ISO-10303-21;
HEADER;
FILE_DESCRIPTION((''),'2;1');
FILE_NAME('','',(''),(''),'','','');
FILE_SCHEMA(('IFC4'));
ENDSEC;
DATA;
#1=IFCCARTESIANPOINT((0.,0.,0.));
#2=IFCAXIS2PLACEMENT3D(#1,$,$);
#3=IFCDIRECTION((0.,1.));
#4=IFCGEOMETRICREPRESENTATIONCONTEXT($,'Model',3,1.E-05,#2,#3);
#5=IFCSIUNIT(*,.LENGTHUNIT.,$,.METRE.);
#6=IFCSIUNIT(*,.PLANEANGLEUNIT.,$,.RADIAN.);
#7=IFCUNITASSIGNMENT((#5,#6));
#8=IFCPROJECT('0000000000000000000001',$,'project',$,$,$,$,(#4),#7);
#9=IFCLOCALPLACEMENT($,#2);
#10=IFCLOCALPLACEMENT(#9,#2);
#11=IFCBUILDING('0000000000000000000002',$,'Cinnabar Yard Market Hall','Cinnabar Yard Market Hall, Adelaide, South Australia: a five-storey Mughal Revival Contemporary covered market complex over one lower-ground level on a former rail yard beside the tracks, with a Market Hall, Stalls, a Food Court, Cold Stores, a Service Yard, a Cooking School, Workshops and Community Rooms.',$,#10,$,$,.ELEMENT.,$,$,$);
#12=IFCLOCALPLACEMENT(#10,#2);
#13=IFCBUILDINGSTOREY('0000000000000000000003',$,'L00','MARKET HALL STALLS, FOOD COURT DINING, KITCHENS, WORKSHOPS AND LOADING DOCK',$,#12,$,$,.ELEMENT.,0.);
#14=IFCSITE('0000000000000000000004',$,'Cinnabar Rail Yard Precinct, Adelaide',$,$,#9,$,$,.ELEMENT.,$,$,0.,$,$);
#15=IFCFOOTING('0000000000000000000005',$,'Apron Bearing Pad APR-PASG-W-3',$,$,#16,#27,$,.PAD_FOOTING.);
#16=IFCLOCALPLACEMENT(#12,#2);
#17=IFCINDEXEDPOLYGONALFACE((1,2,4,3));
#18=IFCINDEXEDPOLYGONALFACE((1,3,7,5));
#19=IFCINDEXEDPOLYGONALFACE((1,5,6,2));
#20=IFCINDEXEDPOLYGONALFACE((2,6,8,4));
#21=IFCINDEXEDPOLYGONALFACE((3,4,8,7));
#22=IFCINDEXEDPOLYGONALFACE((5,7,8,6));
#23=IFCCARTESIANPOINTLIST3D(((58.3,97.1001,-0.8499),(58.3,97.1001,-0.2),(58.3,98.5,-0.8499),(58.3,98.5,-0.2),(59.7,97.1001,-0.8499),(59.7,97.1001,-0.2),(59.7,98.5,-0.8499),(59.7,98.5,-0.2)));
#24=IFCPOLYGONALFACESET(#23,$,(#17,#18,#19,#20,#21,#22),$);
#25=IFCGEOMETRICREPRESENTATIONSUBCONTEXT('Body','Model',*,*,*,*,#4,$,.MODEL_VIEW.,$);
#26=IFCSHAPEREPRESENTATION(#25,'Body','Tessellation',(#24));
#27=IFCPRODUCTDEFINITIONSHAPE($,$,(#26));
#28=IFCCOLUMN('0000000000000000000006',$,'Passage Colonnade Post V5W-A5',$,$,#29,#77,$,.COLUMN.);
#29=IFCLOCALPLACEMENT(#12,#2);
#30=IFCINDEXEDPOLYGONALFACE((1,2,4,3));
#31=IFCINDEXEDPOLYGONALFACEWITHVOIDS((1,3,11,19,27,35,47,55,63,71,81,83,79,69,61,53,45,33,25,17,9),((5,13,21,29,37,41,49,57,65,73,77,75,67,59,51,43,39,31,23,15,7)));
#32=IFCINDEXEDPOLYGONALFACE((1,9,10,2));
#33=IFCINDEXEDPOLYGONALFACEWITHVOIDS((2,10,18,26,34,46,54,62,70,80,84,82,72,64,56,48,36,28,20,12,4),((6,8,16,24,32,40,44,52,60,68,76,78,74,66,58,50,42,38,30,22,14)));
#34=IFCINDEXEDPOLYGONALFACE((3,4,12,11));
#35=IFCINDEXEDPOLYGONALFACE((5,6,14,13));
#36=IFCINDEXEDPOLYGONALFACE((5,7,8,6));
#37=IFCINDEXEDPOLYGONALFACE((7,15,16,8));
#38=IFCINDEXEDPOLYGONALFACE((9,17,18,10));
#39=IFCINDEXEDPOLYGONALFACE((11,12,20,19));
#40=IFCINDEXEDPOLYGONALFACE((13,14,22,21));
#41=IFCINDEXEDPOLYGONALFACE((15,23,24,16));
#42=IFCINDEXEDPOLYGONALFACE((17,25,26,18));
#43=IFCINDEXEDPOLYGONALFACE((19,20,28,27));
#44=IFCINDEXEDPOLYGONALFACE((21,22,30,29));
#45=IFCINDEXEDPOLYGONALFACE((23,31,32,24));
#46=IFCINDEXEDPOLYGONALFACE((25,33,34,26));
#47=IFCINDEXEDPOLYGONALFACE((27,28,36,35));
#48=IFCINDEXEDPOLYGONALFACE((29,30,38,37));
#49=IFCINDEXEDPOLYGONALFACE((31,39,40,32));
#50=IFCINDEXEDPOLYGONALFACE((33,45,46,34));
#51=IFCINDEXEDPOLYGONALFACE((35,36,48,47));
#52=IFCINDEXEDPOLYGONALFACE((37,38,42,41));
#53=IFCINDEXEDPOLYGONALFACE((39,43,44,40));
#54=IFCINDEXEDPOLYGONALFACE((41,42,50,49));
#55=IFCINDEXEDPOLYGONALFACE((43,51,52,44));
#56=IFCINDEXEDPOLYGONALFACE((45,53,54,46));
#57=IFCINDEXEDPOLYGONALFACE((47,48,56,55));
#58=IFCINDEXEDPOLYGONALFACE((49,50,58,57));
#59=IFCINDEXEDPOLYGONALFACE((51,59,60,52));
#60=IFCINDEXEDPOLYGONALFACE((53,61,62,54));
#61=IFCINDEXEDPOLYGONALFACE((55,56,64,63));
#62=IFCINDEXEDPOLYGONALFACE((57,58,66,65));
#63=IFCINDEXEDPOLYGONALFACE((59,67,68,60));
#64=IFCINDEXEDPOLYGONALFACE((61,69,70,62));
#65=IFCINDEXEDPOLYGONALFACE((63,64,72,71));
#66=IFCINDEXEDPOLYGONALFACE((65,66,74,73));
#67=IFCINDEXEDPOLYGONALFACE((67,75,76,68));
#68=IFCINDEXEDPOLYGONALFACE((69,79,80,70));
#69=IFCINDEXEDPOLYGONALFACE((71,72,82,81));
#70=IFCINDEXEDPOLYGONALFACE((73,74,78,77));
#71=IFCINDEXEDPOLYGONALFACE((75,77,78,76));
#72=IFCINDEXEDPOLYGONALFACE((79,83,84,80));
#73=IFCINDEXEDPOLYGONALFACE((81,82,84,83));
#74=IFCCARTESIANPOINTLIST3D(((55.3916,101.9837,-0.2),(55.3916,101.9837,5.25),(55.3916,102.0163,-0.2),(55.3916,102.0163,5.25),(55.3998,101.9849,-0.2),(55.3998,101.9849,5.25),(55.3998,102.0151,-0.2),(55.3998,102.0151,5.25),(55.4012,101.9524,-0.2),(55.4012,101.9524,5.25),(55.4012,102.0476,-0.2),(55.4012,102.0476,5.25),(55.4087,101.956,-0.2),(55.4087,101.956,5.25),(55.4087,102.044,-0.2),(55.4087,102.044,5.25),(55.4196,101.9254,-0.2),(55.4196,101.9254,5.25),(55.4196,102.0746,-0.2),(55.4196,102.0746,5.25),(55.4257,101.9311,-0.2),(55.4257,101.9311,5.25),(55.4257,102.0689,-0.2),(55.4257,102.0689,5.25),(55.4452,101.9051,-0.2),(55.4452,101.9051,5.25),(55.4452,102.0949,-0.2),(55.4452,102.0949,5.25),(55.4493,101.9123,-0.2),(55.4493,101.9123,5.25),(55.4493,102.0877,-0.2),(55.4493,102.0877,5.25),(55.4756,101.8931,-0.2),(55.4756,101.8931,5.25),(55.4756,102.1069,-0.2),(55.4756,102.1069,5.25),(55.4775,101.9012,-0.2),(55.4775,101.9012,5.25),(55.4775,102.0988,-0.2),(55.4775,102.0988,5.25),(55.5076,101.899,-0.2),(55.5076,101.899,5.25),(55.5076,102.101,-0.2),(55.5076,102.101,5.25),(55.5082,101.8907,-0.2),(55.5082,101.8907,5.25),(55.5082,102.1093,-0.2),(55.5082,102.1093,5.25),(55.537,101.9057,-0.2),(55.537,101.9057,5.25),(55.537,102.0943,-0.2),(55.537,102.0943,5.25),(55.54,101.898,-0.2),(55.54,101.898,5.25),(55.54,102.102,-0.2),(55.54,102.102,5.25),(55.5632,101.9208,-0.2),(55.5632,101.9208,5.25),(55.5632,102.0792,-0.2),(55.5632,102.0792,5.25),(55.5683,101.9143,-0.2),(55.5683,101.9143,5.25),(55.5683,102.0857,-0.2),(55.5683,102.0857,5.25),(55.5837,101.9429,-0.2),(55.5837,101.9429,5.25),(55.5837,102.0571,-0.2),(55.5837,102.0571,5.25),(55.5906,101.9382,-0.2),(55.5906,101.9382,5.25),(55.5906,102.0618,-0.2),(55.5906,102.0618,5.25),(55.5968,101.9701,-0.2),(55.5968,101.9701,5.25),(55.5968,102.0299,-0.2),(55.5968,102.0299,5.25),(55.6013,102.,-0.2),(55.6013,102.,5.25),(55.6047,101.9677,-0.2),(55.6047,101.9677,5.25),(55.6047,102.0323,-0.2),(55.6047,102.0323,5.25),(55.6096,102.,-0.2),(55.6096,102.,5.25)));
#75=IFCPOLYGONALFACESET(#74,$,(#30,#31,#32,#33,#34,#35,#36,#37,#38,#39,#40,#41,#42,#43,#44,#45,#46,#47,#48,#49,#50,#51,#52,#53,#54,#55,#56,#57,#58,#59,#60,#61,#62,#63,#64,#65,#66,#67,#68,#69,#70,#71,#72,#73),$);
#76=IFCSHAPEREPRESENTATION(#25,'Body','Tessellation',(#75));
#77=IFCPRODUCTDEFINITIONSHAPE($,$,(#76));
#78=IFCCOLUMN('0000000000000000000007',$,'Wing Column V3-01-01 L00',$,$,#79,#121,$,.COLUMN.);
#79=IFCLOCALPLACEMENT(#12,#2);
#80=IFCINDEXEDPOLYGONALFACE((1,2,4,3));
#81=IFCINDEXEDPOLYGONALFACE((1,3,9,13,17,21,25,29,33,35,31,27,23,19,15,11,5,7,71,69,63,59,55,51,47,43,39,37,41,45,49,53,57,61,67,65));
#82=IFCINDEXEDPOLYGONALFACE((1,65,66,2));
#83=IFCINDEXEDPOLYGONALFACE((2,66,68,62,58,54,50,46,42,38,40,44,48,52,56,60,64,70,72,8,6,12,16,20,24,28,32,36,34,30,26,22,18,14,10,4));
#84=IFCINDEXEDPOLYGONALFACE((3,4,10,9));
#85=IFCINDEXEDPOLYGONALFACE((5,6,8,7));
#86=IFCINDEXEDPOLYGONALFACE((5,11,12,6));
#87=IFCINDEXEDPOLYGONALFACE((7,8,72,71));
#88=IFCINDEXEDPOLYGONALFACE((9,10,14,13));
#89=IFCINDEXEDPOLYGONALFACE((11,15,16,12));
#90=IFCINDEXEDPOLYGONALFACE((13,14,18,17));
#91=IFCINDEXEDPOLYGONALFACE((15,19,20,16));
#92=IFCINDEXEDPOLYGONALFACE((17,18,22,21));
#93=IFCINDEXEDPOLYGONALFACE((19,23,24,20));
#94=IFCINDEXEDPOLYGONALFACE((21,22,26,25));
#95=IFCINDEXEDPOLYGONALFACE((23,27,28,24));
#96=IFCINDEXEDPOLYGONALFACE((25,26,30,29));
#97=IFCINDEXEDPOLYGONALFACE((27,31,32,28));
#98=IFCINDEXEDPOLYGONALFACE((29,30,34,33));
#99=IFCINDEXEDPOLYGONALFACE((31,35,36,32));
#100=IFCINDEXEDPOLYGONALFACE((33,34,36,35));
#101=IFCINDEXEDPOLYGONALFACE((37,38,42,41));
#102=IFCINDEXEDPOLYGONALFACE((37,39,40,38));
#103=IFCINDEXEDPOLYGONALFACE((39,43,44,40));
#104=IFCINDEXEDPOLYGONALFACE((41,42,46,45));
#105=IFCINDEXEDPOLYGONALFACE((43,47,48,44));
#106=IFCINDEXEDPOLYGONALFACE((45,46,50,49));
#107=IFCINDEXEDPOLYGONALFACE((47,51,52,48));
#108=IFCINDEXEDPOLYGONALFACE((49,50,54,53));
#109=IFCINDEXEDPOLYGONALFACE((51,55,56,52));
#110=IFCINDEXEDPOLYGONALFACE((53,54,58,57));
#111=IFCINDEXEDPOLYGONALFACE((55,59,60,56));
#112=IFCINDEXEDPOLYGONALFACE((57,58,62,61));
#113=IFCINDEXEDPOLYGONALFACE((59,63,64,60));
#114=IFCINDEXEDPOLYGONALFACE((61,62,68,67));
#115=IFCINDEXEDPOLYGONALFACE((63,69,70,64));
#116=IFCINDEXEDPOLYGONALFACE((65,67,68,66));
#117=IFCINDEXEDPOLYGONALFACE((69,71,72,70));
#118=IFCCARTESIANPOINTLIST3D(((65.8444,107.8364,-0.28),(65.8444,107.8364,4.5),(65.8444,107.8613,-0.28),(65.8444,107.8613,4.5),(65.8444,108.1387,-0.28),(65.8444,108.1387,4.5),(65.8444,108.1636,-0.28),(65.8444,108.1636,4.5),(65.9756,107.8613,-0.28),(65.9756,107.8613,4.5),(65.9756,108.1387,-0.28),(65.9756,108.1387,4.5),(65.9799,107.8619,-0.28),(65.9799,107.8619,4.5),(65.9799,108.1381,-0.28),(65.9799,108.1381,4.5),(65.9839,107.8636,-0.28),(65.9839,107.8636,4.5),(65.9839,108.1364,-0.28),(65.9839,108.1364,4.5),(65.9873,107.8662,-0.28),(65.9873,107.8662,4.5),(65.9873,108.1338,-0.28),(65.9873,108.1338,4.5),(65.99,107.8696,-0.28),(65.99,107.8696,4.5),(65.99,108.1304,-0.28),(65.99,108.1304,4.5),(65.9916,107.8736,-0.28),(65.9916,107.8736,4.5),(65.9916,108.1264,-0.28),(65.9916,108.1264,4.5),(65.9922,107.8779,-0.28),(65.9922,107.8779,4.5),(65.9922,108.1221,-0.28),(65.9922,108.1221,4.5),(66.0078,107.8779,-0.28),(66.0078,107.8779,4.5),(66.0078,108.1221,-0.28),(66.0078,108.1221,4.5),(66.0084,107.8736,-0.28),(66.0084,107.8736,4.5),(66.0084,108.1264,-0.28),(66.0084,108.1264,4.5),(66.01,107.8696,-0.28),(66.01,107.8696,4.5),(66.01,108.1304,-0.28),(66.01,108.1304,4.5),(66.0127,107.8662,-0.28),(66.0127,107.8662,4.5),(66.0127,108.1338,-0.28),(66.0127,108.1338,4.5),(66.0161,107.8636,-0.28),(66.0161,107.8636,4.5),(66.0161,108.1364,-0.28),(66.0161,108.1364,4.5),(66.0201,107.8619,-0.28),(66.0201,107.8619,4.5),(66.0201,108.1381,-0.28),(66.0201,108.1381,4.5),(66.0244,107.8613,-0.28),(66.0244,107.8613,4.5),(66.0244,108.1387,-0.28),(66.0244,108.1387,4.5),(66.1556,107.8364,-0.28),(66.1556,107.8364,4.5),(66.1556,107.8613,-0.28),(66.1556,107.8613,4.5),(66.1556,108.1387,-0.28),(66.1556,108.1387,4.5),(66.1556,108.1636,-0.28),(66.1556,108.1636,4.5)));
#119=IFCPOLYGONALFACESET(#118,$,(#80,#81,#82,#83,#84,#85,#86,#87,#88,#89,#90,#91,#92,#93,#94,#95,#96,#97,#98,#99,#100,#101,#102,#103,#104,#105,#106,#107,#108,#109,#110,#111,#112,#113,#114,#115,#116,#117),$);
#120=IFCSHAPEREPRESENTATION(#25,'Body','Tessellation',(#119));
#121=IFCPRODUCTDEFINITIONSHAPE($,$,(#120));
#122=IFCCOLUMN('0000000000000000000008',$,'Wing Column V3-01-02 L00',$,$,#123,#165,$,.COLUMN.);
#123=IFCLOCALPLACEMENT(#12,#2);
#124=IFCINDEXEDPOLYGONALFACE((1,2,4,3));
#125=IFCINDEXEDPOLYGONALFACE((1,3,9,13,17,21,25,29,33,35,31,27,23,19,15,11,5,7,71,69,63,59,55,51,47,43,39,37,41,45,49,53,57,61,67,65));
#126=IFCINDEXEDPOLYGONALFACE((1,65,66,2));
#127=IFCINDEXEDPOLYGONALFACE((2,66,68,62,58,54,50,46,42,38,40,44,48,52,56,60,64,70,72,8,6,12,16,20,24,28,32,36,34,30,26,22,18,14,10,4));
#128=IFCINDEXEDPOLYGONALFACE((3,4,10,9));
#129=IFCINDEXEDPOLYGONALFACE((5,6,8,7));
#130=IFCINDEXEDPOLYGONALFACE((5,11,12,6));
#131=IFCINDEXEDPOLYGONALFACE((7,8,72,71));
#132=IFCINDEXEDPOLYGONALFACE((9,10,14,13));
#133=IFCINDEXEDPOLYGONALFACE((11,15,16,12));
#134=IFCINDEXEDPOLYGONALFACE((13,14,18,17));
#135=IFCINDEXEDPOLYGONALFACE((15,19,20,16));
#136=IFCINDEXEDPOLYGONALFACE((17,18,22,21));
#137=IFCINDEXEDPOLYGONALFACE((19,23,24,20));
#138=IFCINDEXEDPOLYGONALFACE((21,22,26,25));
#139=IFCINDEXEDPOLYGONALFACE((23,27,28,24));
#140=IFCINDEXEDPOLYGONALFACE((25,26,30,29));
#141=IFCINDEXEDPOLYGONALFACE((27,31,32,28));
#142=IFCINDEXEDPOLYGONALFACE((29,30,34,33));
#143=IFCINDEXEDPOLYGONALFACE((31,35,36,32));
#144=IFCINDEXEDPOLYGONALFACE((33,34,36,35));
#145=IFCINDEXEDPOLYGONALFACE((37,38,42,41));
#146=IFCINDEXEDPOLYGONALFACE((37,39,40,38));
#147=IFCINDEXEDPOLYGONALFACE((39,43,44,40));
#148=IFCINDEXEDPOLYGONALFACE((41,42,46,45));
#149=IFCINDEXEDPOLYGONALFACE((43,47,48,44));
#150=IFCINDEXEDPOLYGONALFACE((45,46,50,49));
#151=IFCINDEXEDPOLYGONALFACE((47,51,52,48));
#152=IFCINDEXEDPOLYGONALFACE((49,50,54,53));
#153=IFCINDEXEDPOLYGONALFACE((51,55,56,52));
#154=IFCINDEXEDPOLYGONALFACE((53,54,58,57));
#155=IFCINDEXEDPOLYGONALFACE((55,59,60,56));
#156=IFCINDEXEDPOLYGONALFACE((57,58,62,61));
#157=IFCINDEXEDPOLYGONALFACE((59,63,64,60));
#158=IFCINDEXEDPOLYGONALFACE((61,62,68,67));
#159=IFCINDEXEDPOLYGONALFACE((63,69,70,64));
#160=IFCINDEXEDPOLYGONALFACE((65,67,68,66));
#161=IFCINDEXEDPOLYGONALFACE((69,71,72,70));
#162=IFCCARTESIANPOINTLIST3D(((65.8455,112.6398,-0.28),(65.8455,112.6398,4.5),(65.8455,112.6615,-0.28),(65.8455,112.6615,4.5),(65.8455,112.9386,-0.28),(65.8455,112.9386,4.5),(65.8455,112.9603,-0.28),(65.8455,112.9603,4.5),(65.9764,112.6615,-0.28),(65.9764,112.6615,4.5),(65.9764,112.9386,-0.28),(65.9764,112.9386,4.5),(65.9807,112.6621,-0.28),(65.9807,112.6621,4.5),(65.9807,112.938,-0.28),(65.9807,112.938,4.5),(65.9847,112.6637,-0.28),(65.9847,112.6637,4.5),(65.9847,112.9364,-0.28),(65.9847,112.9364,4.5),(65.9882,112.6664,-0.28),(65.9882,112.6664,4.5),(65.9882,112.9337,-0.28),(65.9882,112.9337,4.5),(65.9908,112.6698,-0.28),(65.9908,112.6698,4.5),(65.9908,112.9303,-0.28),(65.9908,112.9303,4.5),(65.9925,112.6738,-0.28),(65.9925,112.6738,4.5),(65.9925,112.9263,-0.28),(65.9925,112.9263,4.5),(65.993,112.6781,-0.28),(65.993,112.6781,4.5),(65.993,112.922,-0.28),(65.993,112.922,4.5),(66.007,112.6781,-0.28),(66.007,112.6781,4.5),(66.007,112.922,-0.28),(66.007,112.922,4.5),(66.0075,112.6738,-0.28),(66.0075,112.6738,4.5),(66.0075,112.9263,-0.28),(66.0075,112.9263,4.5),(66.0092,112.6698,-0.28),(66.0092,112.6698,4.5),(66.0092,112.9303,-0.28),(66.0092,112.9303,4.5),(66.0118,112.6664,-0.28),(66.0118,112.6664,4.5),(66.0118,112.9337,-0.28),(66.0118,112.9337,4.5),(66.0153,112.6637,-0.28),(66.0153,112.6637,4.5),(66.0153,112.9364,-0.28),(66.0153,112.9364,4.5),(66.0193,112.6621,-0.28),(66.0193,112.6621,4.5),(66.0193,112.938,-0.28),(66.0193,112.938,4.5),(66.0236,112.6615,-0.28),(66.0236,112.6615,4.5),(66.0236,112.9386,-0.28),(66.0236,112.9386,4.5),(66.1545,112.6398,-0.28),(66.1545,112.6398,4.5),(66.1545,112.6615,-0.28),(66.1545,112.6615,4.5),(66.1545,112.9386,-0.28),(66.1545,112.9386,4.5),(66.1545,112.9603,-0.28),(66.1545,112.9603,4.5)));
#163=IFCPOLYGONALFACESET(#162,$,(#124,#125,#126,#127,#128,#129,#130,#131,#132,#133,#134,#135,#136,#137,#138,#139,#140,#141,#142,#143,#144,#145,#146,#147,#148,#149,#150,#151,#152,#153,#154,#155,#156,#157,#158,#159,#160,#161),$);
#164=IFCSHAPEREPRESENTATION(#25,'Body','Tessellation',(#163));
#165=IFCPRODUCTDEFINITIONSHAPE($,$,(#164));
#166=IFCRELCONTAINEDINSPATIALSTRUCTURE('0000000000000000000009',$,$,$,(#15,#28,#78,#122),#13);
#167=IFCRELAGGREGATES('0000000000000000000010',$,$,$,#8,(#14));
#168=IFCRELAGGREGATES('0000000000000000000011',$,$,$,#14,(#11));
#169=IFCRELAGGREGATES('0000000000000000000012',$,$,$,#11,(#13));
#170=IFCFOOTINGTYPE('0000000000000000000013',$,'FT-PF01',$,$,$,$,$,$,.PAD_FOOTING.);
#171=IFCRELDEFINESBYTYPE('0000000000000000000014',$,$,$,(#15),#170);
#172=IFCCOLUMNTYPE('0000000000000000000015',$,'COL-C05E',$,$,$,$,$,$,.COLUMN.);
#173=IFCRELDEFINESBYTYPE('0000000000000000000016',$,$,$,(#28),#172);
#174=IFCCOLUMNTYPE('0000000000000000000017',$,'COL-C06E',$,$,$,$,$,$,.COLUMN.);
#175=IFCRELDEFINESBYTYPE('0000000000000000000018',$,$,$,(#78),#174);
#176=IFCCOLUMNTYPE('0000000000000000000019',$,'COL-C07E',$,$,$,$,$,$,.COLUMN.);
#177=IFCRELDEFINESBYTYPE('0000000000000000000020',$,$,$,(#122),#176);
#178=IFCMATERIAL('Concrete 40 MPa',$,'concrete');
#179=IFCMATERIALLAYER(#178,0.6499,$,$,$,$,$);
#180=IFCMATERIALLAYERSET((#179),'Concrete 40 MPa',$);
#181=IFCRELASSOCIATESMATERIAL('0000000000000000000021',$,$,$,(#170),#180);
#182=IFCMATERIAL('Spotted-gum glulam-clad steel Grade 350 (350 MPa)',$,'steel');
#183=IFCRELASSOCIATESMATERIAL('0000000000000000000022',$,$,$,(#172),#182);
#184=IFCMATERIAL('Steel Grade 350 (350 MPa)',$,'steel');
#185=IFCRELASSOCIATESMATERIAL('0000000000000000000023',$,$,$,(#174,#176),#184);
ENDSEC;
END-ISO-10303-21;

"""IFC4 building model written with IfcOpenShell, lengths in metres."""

from ifc_helpers import new_model, si_unit, direction, frame, origin, origin_2d_with_axis, place, context, subcontext, project, spatial, rectangle, hollow_circle, i_section, extrude, material, layer, layer_set, material_profile, profile_set, type_object, element, save


model = new_model("IFC4")

# Units and contexts
model_context = context("Model", 3, precision=1e-05, world=origin(), true_north=direction((0.0, 1.0)))
body_context = subcontext(model_context, "Body", "Model", "MODEL_VIEW")
ifc_project = project(units=[si_unit("LENGTHUNIT", "METRE"), si_unit("PLANEANGLEUNIT", "RADIAN")], contexts=[model_context])

# Site, building, storey
site_placement = place(None, origin())
site = spatial("IfcSite", under=ifc_project, at=site_placement, Name="Cinnabar Rail Yard Precinct, Adelaide", CompositionType="ELEMENT", RefElevation=0.0)
building_placement = place(site_placement, origin())
building = spatial("IfcBuilding", under=site, at=building_placement, Name="Cinnabar Yard Market Hall", Description="Cinnabar Yard Market Hall, Adelaide, South Australia: a five-storey Mughal Revival Contemporary covered market complex over one lower-ground level on a former rail yard beside the tracks, with a Market Hall, Stalls, a Food Court, Cold Stores, a Service Yard, a Cooking School, Workshops and Community Rooms.", CompositionType="ELEMENT")
storey_placement = place(building_placement, origin())
storey = spatial("IfcBuildingStorey", under=building, at=storey_placement, Name="L00", Description="MARKET HALL STALLS, FOOD COURT DINING, KITCHENS, WORKSHOPS AND LOADING DOCK", CompositionType="ELEMENT", Elevation=0.0)

# Footing
ifc_material_1 = material(Name="Concrete 40 MPa", Category="concrete")
ifc_layer_1 = layer(ifc_material_1, 0.6499)
ifc_layer_set_1 = layer_set([ifc_layer_1], Name="Concrete 40 MPa")
footing_type = type_object("IfcFootingType", Name="FT-PF01", PredefinedType="PAD_FOOTING", material=ifc_layer_set_1)
footing_placement = place(storey_placement, frame((59.0, 97.8, -0.8499), z_axis=(0.0, 0.0, 1.0), x_axis=(1.0, 0.0, 0.0)))
element("IfcFooting", 1, at=footing_placement, inside=storey, type_object=footing_type, Name="Apron Bearing Pad APR-PASG-W-3", PredefinedType="PAD_FOOTING", context=body_context, shape_type="SweptSolid", body=[
    extrude(rectangle(XDim=1.3999, YDim=1.3999, at=origin_2d_with_axis()), origin(), (0.0, 0.0, 1.0), 0.6499),
])

# Columns
ifc_material_2 = material(Name="Spotted-gum glulam-clad steel Grade 350 (350 MPa)", Category="steel")
ifc_material_profile_1 = material_profile(ifc_material_2, hollow_circle(Radius=0.1096, WallThickness=0.0083, at=origin_2d_with_axis()), Name="219.1x8.2CHS")
ifc_profile_set_1 = profile_set([ifc_material_profile_1], Name="Spotted-gum glulam-clad steel Grade 350 (350 MPa)")
column_type_1 = type_object("IfcColumnType", Name="COL-C05E", PredefinedType="COLUMN", material=ifc_profile_set_1)
column_1_placement = place(storey_placement, frame((55.5, 102.0, -0.2), z_axis=(0.0, 0.0, 1.0), x_axis=(1.0, 0.0, 0.0)))
element("IfcColumn", 2, at=column_1_placement, inside=storey, type_object=column_type_1, Name="Passage Colonnade Post V5W-A5", PredefinedType="COLUMN", context=body_context, shape_type="SweptSolid", body=[
    extrude(hollow_circle(Radius=0.1096, WallThickness=0.0083, at=origin_2d_with_axis()), origin(), (0.0, 0.0, 1.0), 5.45),
])
ifc_material_3 = material(Name="Steel Grade 350 (350 MPa)", Category="steel")
ifc_material_profile_2 = material_profile(ifc_material_3, i_section(OverallWidth=0.3113, OverallDepth=0.3271, WebThickness=0.0156, FlangeThickness=0.0249, FilletRadius=0.0166, at=origin_2d_with_axis()), Name="310UC158")
ifc_profile_set_2 = profile_set([ifc_material_profile_2], Name="Steel Grade 350 (350 MPa)")
column_type_2 = type_object("IfcColumnType", Name="COL-C06E", PredefinedType="COLUMN", material=ifc_profile_set_2)
column_2_placement = place(storey_placement, frame((66.0, 108.0, -0.28), z_axis=(0.0, 0.0, 1.0), x_axis=(1.0, 0.0, 0.0)))
element("IfcColumn", 3, at=column_2_placement, inside=storey, type_object=column_type_2, Name="Wing Column V3-01-01 L00", PredefinedType="COLUMN", context=body_context, shape_type="SweptSolid", body=[
    extrude(i_section(OverallWidth=0.3113, OverallDepth=0.3271, WebThickness=0.0156, FlangeThickness=0.0249, FilletRadius=0.0166, at=origin_2d_with_axis()), origin(), (0.0, 0.0, 1.0), 4.78),
])
ifc_material_profile_3 = material_profile(ifc_material_3, i_section(OverallWidth=0.3091, OverallDepth=0.3206, WebThickness=0.0139, FlangeThickness=0.0217, FilletRadius=0.0166, at=origin_2d_with_axis()), Name="310UC137")
ifc_profile_set_3 = profile_set([ifc_material_profile_3], Name="Steel Grade 350 (350 MPa)")
column_type_3 = type_object("IfcColumnType", Name="COL-C07E", PredefinedType="COLUMN", material=ifc_profile_set_3)
column_3_placement = place(storey_placement, frame((66.0, 112.8, -0.28), z_axis=(0.0, 0.0, 1.0), x_axis=(1.0, 0.0, 0.0)))
element("IfcColumn", 4, at=column_3_placement, inside=storey, type_object=column_type_3, Name="Wing Column V3-01-02 L00", PredefinedType="COLUMN", context=body_context, shape_type="SweptSolid", body=[
    extrude(i_section(OverallWidth=0.3091, OverallDepth=0.3206, WebThickness=0.0139, FlangeThickness=0.0217, FilletRadius=0.0166, at=origin_2d_with_axis()), origin(), (0.0, 0.0, 1.0), 4.78),
])

save(model, "model.ifc")
